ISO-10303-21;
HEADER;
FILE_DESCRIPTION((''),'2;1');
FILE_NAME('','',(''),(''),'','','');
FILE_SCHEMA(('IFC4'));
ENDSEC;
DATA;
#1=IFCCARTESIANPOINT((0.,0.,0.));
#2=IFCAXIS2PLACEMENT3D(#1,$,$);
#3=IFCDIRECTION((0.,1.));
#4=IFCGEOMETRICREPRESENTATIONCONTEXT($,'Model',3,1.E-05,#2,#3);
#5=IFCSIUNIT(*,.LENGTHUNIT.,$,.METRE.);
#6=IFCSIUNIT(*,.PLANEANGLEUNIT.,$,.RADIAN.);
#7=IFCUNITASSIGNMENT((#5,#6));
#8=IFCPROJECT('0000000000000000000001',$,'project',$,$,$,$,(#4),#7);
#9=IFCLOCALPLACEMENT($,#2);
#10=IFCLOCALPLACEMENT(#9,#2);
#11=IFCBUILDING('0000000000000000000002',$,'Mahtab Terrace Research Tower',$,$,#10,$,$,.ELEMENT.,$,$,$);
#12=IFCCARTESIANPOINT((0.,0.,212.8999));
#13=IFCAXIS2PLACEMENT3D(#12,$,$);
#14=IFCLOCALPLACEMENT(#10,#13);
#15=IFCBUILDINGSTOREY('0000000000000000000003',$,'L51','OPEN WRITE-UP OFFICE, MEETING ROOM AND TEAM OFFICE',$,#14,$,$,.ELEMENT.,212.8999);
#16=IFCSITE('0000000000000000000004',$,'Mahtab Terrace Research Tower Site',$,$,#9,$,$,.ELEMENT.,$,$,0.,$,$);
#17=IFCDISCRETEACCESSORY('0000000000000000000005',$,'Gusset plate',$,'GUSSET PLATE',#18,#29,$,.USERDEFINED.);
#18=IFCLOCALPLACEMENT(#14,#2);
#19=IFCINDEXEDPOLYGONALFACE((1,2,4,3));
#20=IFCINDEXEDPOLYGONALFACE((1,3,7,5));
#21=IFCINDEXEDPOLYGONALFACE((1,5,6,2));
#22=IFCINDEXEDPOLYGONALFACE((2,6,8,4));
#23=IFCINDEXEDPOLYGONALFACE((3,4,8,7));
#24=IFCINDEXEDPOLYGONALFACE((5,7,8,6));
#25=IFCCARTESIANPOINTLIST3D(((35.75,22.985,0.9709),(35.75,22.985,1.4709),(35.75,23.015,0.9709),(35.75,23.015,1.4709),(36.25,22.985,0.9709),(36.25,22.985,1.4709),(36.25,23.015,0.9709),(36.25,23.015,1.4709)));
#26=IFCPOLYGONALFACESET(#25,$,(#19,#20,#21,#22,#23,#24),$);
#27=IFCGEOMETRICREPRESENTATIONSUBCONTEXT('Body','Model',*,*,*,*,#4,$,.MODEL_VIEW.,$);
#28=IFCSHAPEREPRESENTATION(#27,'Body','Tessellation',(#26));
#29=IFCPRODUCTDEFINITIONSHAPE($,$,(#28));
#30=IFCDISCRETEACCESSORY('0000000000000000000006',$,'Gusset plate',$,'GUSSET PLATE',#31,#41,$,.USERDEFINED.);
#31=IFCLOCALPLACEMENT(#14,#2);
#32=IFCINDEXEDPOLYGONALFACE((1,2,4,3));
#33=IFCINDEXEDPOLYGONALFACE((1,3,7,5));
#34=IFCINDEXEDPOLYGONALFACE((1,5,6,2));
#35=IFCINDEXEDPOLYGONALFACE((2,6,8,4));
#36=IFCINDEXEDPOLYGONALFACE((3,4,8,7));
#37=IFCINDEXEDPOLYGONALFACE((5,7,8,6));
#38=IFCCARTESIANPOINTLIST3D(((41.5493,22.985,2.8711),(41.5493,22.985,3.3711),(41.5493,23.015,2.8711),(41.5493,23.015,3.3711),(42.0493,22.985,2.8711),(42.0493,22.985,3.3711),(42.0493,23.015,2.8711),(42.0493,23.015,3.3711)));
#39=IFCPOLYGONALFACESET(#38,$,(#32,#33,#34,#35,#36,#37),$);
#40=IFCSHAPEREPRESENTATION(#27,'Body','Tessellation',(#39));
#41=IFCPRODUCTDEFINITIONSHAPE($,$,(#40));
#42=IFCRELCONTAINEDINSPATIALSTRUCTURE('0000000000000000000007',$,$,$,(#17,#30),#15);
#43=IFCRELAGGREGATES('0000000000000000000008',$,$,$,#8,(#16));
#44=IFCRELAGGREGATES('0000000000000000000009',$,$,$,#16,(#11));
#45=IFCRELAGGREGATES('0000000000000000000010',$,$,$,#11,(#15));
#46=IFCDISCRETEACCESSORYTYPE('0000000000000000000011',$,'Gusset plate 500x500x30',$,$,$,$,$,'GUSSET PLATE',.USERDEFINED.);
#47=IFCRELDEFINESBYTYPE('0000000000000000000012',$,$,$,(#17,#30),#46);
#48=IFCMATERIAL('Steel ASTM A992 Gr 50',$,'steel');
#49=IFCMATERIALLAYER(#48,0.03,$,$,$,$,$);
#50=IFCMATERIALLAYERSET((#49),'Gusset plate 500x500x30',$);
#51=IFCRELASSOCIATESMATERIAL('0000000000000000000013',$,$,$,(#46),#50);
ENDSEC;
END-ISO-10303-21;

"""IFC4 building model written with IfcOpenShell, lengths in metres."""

from ifc_helpers import new_model, si_unit, direction, frame, origin, origin_2d, place, context, subcontext, project, spatial, rectangle, extrude, material, layer, layer_set, type_object, element, save


model = new_model("IFC4")

# Units and contexts
model_context = context("Model", 3, precision=1e-05, world=origin(), true_north=direction((0.0, 1.0)))
body_context = subcontext(model_context, "Body", "Model", "MODEL_VIEW")
ifc_project = project(units=[si_unit("LENGTHUNIT", "METRE"), si_unit("PLANEANGLEUNIT", "RADIAN")], contexts=[model_context])

# Site, building, storey
site_placement = place(None, origin())
site = spatial("IfcSite", under=ifc_project, at=site_placement, Name="Mahtab Terrace Research Tower Site", CompositionType="ELEMENT", RefElevation=0.0)
building_placement = place(site_placement, origin())
building = spatial("IfcBuilding", under=site, at=building_placement, Name="Mahtab Terrace Research Tower", CompositionType="ELEMENT")
storey_placement = place(building_placement, frame((0.0, 0.0, 212.8999)))
storey = spatial("IfcBuildingStorey", under=building, at=storey_placement, Name="L51", Description="OPEN WRITE-UP OFFICE, MEETING ROOM AND TEAM OFFICE", CompositionType="ELEMENT", Elevation=212.8999)

# Shared definitions
ifc_material_1 = material(Name="Steel ASTM A992 Gr 50", Category="steel")

# Discrete accessories
ifc_layer_1 = layer(ifc_material_1, 0.03)
ifc_layer_set_1 = layer_set([ifc_layer_1], Name="Gusset plate 500x500x30")
discrete_accessory_type = type_object("IfcDiscreteAccessoryType", Name="Gusset plate 500x500x30", ElementType="GUSSET PLATE", PredefinedType="USERDEFINED", material=ifc_layer_set_1)
for number, where, z_axis, x_axis, name in (
    (1, (36.0, 23.0, 0.9709), (0.0, 0.0, 1.0), (1.0, 0.0, 0.0), "Gusset plate"),
    (2, (41.7993, 23.0, 2.8711), (0.0, 0.0, 1.0), (1.0, 0.0, 0.0), "Gusset plate"),
):
    element("IfcDiscreteAccessory", number, at=place(storey_placement, frame(where, z_axis=z_axis, x_axis=x_axis)), inside=storey, type_object=discrete_accessory_type, Name=name, ObjectType="GUSSET PLATE", PredefinedType="USERDEFINED", context=body_context, shape_type="SweptSolid", body=[
        extrude(rectangle(XDim=0.5, YDim=0.03, at=origin_2d()), origin(), (0.0, 0.0, 1.0), 0.5),
    ])

save(model, "model.ifc")
